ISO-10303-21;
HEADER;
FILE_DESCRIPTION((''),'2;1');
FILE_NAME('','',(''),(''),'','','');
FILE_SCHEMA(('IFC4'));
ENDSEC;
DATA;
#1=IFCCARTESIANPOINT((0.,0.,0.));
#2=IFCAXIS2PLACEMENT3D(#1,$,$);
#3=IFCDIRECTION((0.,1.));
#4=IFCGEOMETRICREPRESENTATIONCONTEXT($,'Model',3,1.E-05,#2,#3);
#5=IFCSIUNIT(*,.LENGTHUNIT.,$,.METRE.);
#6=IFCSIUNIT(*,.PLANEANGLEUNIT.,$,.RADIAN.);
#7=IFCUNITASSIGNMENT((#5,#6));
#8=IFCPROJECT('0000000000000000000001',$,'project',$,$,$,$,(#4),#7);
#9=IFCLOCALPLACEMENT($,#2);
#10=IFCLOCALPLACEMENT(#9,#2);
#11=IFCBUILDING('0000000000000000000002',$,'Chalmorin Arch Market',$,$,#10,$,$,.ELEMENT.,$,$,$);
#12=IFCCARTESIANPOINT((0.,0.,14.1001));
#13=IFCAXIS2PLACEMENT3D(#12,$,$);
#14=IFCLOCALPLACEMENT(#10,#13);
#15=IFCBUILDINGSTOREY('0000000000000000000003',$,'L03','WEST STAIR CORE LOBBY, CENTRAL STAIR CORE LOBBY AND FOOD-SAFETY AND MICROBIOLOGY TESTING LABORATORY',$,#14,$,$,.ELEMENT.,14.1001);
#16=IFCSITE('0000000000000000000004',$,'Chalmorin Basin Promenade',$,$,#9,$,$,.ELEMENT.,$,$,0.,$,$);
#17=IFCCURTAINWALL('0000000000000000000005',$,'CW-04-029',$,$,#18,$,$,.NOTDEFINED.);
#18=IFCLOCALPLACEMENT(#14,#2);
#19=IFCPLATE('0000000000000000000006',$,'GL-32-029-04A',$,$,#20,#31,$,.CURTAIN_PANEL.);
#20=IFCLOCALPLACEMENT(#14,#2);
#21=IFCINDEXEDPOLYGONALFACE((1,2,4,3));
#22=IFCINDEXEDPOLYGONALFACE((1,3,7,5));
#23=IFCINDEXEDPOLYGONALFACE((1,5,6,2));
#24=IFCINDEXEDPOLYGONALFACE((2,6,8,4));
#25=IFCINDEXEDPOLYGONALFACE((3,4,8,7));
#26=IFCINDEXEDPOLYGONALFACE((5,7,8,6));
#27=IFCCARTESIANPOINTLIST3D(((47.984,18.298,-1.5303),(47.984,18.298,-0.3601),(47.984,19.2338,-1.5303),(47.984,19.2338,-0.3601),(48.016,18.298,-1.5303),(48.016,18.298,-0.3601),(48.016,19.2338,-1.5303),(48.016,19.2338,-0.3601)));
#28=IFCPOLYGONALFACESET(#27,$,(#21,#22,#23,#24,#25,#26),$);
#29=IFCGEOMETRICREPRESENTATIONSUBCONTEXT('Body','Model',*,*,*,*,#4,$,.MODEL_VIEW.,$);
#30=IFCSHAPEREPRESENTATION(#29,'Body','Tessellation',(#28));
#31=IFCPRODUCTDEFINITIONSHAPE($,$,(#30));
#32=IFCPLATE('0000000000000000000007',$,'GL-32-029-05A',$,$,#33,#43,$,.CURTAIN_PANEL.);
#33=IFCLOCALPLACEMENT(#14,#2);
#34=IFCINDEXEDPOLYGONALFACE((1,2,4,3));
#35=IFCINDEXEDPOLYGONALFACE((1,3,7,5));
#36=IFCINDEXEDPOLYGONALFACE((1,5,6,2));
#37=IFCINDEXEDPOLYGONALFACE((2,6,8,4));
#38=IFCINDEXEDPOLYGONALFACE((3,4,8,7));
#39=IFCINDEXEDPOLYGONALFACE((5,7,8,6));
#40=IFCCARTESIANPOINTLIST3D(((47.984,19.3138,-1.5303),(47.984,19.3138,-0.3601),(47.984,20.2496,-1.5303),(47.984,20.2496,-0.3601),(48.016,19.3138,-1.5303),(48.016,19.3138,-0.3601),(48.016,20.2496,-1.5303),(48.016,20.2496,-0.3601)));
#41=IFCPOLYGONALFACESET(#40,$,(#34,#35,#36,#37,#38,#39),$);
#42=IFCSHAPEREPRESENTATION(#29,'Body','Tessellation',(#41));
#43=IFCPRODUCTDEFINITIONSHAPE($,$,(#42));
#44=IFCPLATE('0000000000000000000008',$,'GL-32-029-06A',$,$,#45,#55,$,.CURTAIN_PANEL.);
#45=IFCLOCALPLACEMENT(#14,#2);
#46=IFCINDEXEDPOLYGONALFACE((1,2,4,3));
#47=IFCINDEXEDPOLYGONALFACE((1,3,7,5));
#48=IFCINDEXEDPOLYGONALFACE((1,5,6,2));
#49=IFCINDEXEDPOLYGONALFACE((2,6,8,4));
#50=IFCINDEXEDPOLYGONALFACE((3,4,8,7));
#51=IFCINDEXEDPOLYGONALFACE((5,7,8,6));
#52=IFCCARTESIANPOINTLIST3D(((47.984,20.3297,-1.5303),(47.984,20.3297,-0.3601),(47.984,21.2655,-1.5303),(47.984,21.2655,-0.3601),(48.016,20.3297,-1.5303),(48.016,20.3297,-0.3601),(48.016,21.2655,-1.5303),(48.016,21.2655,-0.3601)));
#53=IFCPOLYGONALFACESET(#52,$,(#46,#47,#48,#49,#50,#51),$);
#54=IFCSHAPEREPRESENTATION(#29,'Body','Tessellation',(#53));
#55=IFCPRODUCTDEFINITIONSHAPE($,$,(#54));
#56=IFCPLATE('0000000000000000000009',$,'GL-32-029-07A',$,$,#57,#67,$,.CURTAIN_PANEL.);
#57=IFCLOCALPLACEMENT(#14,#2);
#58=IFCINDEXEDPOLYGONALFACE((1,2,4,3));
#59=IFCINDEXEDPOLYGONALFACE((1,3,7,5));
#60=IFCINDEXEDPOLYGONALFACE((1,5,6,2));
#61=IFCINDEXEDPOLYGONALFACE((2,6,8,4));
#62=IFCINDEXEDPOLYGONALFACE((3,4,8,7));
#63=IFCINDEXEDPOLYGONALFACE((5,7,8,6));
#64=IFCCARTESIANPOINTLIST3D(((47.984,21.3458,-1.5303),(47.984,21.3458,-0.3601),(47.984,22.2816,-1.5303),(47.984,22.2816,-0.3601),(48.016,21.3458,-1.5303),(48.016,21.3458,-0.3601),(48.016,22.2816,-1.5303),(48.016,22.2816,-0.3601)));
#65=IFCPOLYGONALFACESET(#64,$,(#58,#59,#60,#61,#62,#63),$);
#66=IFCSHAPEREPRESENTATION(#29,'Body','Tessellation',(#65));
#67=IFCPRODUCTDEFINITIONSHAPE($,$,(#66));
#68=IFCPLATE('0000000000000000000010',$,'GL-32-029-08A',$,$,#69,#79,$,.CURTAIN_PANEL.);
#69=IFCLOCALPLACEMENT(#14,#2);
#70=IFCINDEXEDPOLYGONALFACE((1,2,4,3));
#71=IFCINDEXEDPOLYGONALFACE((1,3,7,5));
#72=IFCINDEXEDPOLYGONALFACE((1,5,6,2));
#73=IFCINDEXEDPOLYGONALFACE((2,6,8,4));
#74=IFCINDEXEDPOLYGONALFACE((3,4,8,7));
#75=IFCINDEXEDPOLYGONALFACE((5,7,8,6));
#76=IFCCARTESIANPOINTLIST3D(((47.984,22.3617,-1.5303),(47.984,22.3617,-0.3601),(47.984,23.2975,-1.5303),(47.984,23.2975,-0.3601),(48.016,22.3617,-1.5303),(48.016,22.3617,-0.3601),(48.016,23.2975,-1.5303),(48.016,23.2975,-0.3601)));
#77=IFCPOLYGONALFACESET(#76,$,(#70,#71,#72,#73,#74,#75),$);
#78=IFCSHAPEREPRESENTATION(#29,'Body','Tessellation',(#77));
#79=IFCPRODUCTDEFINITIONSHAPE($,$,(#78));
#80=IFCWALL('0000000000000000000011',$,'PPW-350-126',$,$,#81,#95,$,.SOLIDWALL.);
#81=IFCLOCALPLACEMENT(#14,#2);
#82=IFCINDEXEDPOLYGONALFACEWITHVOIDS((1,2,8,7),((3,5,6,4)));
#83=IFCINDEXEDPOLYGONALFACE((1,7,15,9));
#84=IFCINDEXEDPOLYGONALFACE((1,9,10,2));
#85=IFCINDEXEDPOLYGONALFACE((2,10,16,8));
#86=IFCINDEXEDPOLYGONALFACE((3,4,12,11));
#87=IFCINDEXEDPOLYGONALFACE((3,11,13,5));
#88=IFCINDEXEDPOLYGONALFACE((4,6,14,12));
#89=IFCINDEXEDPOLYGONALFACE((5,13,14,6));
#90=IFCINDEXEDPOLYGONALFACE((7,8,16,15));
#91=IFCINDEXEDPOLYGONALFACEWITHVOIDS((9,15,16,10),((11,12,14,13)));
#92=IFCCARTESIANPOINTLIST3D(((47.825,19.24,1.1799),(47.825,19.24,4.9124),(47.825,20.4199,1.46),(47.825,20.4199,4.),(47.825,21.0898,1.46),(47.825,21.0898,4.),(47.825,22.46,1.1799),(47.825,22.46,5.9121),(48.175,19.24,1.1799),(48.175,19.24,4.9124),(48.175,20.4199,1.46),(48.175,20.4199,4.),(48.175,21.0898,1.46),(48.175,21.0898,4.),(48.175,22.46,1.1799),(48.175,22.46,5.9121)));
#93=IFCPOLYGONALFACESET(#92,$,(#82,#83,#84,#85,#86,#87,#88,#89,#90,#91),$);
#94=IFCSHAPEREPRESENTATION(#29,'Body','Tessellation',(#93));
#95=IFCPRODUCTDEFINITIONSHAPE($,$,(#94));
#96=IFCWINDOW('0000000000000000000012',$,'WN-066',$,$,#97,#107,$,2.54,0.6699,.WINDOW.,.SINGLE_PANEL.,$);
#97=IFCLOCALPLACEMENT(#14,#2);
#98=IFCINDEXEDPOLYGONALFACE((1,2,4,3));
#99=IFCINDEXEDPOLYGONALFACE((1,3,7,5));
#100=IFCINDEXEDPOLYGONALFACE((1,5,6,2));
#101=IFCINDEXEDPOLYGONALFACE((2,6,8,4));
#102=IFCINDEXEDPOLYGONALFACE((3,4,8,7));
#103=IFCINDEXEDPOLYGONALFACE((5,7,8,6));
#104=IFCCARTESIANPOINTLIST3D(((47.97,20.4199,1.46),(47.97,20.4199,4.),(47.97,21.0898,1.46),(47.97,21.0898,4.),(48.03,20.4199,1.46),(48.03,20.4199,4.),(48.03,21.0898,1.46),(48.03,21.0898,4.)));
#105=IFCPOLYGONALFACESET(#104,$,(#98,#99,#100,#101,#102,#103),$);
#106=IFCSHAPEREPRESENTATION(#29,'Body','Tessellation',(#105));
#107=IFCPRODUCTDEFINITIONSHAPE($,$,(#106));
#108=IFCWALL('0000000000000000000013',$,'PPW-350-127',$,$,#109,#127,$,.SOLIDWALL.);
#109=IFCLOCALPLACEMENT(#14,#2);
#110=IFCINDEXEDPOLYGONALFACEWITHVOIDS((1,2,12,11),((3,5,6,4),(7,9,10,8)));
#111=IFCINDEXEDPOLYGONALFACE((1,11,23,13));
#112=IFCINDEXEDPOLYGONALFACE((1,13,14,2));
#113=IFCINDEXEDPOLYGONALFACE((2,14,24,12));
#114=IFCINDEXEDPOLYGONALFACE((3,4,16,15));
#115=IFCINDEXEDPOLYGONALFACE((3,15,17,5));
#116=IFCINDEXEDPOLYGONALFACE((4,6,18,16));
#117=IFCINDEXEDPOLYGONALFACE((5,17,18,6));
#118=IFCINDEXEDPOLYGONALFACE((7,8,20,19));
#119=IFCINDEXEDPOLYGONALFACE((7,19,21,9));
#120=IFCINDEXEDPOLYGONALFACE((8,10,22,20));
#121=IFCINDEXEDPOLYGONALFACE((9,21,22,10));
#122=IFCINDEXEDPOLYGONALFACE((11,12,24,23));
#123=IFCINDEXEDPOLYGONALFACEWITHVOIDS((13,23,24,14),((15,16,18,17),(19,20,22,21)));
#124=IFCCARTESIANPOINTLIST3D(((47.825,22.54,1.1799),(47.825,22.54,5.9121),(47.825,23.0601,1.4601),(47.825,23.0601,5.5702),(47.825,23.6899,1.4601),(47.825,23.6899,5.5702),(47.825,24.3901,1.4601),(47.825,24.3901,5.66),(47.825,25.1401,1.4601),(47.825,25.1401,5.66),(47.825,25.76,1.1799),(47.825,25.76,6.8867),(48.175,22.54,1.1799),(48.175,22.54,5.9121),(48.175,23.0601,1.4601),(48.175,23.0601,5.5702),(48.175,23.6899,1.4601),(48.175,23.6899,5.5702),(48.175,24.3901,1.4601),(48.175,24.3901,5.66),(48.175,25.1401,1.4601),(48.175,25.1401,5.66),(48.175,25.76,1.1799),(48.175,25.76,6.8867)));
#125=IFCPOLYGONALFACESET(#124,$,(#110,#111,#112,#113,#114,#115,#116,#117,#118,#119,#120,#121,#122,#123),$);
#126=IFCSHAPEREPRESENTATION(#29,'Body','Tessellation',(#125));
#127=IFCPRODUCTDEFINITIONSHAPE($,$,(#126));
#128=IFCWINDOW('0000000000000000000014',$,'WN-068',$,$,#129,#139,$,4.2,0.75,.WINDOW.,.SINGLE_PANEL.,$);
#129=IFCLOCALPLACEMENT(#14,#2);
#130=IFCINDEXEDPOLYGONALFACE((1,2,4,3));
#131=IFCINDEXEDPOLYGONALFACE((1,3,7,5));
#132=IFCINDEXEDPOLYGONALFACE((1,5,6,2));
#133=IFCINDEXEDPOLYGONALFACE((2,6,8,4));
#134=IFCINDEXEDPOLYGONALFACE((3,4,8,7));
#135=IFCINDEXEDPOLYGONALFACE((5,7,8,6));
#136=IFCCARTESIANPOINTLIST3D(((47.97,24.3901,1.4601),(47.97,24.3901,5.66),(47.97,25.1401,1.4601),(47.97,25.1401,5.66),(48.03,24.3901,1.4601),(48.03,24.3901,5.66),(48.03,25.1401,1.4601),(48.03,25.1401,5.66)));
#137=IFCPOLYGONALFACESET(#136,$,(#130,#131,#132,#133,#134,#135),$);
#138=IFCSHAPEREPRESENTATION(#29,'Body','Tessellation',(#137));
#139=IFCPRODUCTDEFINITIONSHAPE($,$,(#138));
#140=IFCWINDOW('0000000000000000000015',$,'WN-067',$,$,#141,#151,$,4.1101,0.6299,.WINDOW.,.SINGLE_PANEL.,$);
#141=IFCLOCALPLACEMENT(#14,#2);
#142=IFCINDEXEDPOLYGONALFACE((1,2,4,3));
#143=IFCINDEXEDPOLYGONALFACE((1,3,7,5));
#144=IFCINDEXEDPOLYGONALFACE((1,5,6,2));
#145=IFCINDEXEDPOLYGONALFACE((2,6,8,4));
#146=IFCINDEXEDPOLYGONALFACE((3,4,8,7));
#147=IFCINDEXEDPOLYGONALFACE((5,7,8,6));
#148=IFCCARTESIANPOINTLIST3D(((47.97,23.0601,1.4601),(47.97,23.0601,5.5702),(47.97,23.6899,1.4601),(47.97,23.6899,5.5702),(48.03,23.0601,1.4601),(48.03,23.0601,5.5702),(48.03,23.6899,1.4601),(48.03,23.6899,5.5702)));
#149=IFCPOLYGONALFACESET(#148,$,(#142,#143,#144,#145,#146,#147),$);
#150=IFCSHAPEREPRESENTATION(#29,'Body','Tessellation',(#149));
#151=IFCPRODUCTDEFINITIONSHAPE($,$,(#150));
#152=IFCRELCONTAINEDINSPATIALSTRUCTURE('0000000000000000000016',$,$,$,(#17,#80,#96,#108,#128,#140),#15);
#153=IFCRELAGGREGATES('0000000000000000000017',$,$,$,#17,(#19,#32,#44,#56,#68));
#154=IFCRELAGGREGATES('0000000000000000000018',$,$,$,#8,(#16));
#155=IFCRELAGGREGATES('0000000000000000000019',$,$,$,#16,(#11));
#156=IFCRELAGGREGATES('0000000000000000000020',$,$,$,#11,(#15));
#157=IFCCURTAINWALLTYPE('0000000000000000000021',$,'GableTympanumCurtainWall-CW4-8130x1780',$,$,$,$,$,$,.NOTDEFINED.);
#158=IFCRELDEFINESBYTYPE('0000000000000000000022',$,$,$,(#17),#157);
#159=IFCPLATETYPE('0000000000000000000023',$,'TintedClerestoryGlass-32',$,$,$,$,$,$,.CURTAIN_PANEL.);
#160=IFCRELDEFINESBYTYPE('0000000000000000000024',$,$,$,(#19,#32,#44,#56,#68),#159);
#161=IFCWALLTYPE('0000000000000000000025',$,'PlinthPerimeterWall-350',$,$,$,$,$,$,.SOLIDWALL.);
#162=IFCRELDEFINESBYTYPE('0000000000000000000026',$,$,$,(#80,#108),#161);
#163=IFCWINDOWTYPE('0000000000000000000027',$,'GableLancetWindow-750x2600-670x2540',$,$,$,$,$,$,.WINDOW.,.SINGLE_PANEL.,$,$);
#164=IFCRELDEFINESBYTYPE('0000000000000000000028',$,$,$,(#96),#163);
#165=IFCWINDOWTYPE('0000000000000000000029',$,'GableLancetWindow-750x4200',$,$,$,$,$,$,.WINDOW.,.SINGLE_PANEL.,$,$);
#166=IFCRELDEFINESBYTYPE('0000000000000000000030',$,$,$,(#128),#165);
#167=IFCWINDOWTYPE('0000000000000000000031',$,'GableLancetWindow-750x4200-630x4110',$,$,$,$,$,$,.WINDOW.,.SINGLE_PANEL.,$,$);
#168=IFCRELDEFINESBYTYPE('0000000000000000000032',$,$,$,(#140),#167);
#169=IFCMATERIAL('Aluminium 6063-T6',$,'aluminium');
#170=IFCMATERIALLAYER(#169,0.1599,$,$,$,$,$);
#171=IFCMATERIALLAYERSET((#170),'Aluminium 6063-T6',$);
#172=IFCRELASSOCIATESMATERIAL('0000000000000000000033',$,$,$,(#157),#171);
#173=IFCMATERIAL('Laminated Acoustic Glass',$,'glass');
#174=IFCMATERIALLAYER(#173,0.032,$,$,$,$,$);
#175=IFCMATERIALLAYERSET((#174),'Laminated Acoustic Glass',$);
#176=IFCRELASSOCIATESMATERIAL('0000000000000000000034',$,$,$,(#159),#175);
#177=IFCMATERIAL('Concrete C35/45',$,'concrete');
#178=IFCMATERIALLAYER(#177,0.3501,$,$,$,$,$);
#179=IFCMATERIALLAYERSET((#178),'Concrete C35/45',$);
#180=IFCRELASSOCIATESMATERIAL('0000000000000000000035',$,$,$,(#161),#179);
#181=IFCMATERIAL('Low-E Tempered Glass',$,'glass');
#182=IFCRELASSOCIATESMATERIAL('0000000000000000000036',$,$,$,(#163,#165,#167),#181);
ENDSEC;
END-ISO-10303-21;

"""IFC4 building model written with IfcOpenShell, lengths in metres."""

from ifc_helpers import new_model, si_unit, direction, frame, frame_2d, origin, origin_2d, place, context, subcontext, project, spatial, polyline, rectangle, outline, extrude, material, layer, layer_set, type_object, element, fill, aggregate, save


model = new_model("IFC4")

# Units and contexts
model_context = context("Model", 3, precision=1e-05, world=origin(), true_north=direction((0.0, 1.0)))
body_context = subcontext(model_context, "Body", "Model", "MODEL_VIEW")
ifc_project = project(units=[si_unit("LENGTHUNIT", "METRE"), si_unit("PLANEANGLEUNIT", "RADIAN")], contexts=[model_context])

# Site, building, storey
site_placement = place(None, origin())
site = spatial("IfcSite", under=ifc_project, at=site_placement, Name="Chalmorin Basin Promenade", CompositionType="ELEMENT", RefElevation=0.0)
building_placement = place(site_placement, origin())
building = spatial("IfcBuilding", under=site, at=building_placement, Name="Chalmorin Arch Market", CompositionType="ELEMENT")
storey_placement = place(building_placement, frame((0.0, 0.0, 14.1001)))
storey = spatial("IfcBuildingStorey", under=building, at=storey_placement, Name="L03", Description="WEST STAIR CORE LOBBY, CENTRAL STAIR CORE LOBBY AND FOOD-SAFETY AND MICROBIOLOGY TESTING LABORATORY", CompositionType="ELEMENT", Elevation=14.1001)

# Curtain wall, plates
ifc_material_1 = material(Name="Aluminium 6063-T6", Category="aluminium")
ifc_layer_1 = layer(ifc_material_1, 0.1599)
ifc_layer_set_1 = layer_set([ifc_layer_1], Name="Aluminium 6063-T6")
curtain_wall_type = type_object("IfcCurtainWallType", Name="GableTympanumCurtainWall-CW4-8130x1780", PredefinedType="NOTDEFINED", material=ifc_layer_set_1)
curtain_wall_placement = place(storey_placement, origin())
curtain_wall = element("IfcCurtainWall", 1, at=curtain_wall_placement, inside=storey, type_object=curtain_wall_type, Name="CW-04-029", PredefinedType="NOTDEFINED")
ifc_material_2 = material(Name="Laminated Acoustic Glass", Category="glass")
ifc_layer_2 = layer(ifc_material_2, 0.032)
ifc_layer_set_2 = layer_set([ifc_layer_2], Name="Laminated Acoustic Glass")
plate_type_1 = type_object("IfcPlateType", Name="TintedClerestoryGlass-32", PredefinedType="CURTAIN_PANEL", material=ifc_layer_set_2)
plate_1_placement = place(storey_placement, frame((48.0, 18.7659, -1.5303), z_axis=(0.0, 0.0, 1.0), x_axis=(0.0, 1.0, 0.0)))
plate_1 = element("IfcPlate", 2, at=plate_1_placement, type_object=plate_type_1, Name="GL-32-029-04A", PredefinedType="CURTAIN_PANEL", context=body_context, shape_type="SweptSolid", body=[
    extrude(rectangle(XDim=0.9358, YDim=0.032, at=origin_2d()), origin(), (0.0, 0.0, 1.0), 1.1702),
])
plate_2_placement = place(storey_placement, frame((48.0, 19.7817, -1.5303), z_axis=(0.0, 0.0, 1.0), x_axis=(0.0, 1.0, 0.0)))
plate_2 = element("IfcPlate", 3, at=plate_2_placement, type_object=plate_type_1, Name="GL-32-029-05A", PredefinedType="CURTAIN_PANEL", context=body_context, shape_type="SweptSolid", body=[
    extrude(rectangle(XDim=0.9358, YDim=0.032, at=origin_2d()), origin(), (0.0, 0.0, 1.0), 1.1702),
])
plate_3_placement = place(storey_placement, frame((48.0, 20.7976, -1.5303), z_axis=(0.0, 0.0, 1.0), x_axis=(0.0, 1.0, 0.0)))
plate_3 = element("IfcPlate", 4, at=plate_3_placement, type_object=plate_type_1, Name="GL-32-029-06A", PredefinedType="CURTAIN_PANEL", context=body_context, shape_type="SweptSolid", body=[
    extrude(rectangle(XDim=0.9358, YDim=0.032, at=origin_2d()), origin(), (0.0, 0.0, 1.0), 1.1702),
])
plate_4_placement = place(storey_placement, frame((48.0, 21.8137, -1.5303), z_axis=(0.0, 0.0, 1.0), x_axis=(0.0, 1.0, 0.0)))
plate_4 = element("IfcPlate", 5, at=plate_4_placement, type_object=plate_type_1, Name="GL-32-029-07A", PredefinedType="CURTAIN_PANEL", context=body_context, shape_type="SweptSolid", body=[
    extrude(rectangle(XDim=0.9358, YDim=0.032, at=origin_2d()), origin(), (0.0, 0.0, 1.0), 1.1702),
])
plate_5_placement = place(storey_placement, frame((48.0, 22.8296, -1.5303), z_axis=(0.0, 0.0, 1.0), x_axis=(0.0, 1.0, 0.0)))
plate_5 = element("IfcPlate", 6, at=plate_5_placement, type_object=plate_type_1, Name="GL-32-029-08A", PredefinedType="CURTAIN_PANEL", context=body_context, shape_type="SweptSolid", body=[
    extrude(rectangle(XDim=0.9358, YDim=0.032, at=origin_2d()), origin(), (0.0, 0.0, 1.0), 1.1702),
])
aggregate(curtain_wall, [plate_1, plate_2, plate_3, plate_4, plate_5])

# Wall, opening, window
ifc_material_3 = material(Name="Concrete C35/45", Category="concrete")
ifc_layer_3 = layer(ifc_material_3, 0.3501)
ifc_layer_set_3 = layer_set([ifc_layer_3], Name="Concrete C35/45")
wall_type = type_object("IfcWallType", Name="PlinthPerimeterWall-350", PredefinedType="SOLIDWALL", material=ifc_layer_set_3)
wall_1_placement = place(storey_placement, frame((48.0, 19.24, 1.1799), z_axis=(0.0, 0.0, 1.0), x_axis=(0.0, 1.0, 0.0)))
wall_1 = element("IfcWall", 7, at=wall_1_placement, inside=storey, type_object=wall_type, Name="PPW-350-126", PredefinedType="SOLIDWALL", context=body_context, shape_type="SweptSolid", body=[
    extrude(outline(polyline([(0.0, 0.0), (3.22, 0.0), (3.22, 4.7322), (0.0, 3.7324), (0.0, 0.0)])), frame((0.0, 0.175, 0.0), z_axis=(0.0, -1.0, 0.0), x_axis=(1.0, 0.0, 0.0)), (0.0, 0.0, 1.0), 0.3501),
])
opening_1_placement = place(wall_1_placement, frame((1.1799, 0.0, 0.28)))
opening_1 = element("IfcOpeningElement", 8, at=opening_1_placement, cuts=wall_1, PredefinedType="OPENING", context=body_context, shape_type="SweptSolid", body=[
    extrude(rectangle(XDim=0.6699, YDim=2.54, at=frame_2d((0.335, 1.27))), frame((0.0, 0.1851, 0.0), z_axis=(0.0, -1.0, 0.0), x_axis=(1.0, 0.0, 0.0)), (0.0, 0.0, 1.0), 0.3701),
])
ifc_material_4 = material(Name="Low-E Tempered Glass", Category="glass")
window_type_1 = type_object("IfcWindowType", Name="GableLancetWindow-750x2600-670x2540", PartitioningType="SINGLE_PANEL", PredefinedType="WINDOW", material=ifc_material_4)
window_1_placement = place(opening_1_placement, origin())
window_1 = element("IfcWindow", 9, at=window_1_placement, inside=storey, type_object=window_type_1, Name="WN-066", OverallHeight=2.54, OverallWidth=0.6699, PartitioningType="SINGLE_PANEL", PredefinedType="WINDOW", context=body_context, shape_type="SweptSolid", body=[
    extrude(rectangle(XDim=0.6699, YDim=2.54, at=frame_2d((0.335, 1.27))), frame((0.0, 0.03, 0.0), z_axis=(0.0, -1.0, 0.0), x_axis=(1.0, 0.0, 0.0)), (0.0, 0.0, 1.0), 0.0601),
])
fill(opening_1, window_1)

# Wall, openings, windows
wall_2_placement = place(storey_placement, frame((48.0, 22.54, 1.1799), z_axis=(0.0, 0.0, 1.0), x_axis=(0.0, 1.0, 0.0)))
wall_2 = element("IfcWall", 10, at=wall_2_placement, inside=storey, type_object=wall_type, Name="PPW-350-127", PredefinedType="SOLIDWALL", context=body_context, shape_type="SweptSolid", body=[
    extrude(outline(polyline([(0.0, 0.0), (3.22, 0.0), (3.22, 5.7068), (0.0, 4.7322), (0.0, 0.0)])), frame((0.0, 0.175, 0.0), z_axis=(0.0, -1.0, 0.0), x_axis=(1.0, 0.0, 0.0)), (0.0, 0.0, 1.0), 0.3501),
])
opening_2_placement = place(wall_2_placement, frame((0.52, 0.0, 0.28)))
opening_2 = element("IfcOpeningElement", 11, at=opening_2_placement, cuts=wall_2, PredefinedType="OPENING", context=body_context, shape_type="SweptSolid", body=[
    extrude(rectangle(XDim=0.6299, YDim=4.1101, at=frame_2d((0.3149, 2.0552))), frame((0.0, 0.1851, 0.0), z_axis=(0.0, -1.0, 0.0), x_axis=(1.0, 0.0, 0.0)), (0.0, 0.0, 1.0), 0.3701),
])
opening_3_placement = place(wall_2_placement, frame((1.8501, 0.0, 0.28)))
opening_3 = element("IfcOpeningElement", 12, at=opening_3_placement, cuts=wall_2, PredefinedType="OPENING", context=body_context, shape_type="SweptSolid", body=[
    extrude(rectangle(XDim=0.75, YDim=4.2, at=frame_2d((0.375, 2.1001))), frame((0.0, 0.1851, 0.0), z_axis=(0.0, -1.0, 0.0), x_axis=(1.0, 0.0, 0.0)), (0.0, 0.0, 1.0), 0.3701),
])
window_type_2 = type_object("IfcWindowType", Name="GableLancetWindow-750x4200", PartitioningType="SINGLE_PANEL", PredefinedType="WINDOW", material=ifc_material_4)
window_2_placement = place(opening_3_placement, origin())
window_2 = element("IfcWindow", 13, at=window_2_placement, inside=storey, type_object=window_type_2, Name="WN-068", OverallHeight=4.2, OverallWidth=0.75, PartitioningType="SINGLE_PANEL", PredefinedType="WINDOW", context=body_context, shape_type="SweptSolid", body=[
    extrude(rectangle(XDim=0.75, YDim=4.2, at=frame_2d((0.375, 2.1001))), frame((0.0, 0.03, 0.0), z_axis=(0.0, -1.0, 0.0), x_axis=(1.0, 0.0, 0.0)), (0.0, 0.0, 1.0), 0.0601),
])
fill(opening_3, window_2)
window_type_3 = type_object("IfcWindowType", Name="GableLancetWindow-750x4200-630x4110", PartitioningType="SINGLE_PANEL", PredefinedType="WINDOW", material=ifc_material_4)
window_3_placement = place(opening_2_placement, origin())
window_3 = element("IfcWindow", 14, at=window_3_placement, inside=storey, type_object=window_type_3, Name="WN-067", OverallHeight=4.1101, OverallWidth=0.6299, PartitioningType="SINGLE_PANEL", PredefinedType="WINDOW", context=body_context, shape_type="SweptSolid", body=[
    extrude(rectangle(XDim=0.6299, YDim=4.1101, at=frame_2d((0.3149, 2.0552))), frame((0.0, 0.03, 0.0), z_axis=(0.0, -1.0, 0.0), x_axis=(1.0, 0.0, 0.0)), (0.0, 0.0, 1.0), 0.0601),
])
fill(opening_2, window_3)

save(model, "model.ifc")
